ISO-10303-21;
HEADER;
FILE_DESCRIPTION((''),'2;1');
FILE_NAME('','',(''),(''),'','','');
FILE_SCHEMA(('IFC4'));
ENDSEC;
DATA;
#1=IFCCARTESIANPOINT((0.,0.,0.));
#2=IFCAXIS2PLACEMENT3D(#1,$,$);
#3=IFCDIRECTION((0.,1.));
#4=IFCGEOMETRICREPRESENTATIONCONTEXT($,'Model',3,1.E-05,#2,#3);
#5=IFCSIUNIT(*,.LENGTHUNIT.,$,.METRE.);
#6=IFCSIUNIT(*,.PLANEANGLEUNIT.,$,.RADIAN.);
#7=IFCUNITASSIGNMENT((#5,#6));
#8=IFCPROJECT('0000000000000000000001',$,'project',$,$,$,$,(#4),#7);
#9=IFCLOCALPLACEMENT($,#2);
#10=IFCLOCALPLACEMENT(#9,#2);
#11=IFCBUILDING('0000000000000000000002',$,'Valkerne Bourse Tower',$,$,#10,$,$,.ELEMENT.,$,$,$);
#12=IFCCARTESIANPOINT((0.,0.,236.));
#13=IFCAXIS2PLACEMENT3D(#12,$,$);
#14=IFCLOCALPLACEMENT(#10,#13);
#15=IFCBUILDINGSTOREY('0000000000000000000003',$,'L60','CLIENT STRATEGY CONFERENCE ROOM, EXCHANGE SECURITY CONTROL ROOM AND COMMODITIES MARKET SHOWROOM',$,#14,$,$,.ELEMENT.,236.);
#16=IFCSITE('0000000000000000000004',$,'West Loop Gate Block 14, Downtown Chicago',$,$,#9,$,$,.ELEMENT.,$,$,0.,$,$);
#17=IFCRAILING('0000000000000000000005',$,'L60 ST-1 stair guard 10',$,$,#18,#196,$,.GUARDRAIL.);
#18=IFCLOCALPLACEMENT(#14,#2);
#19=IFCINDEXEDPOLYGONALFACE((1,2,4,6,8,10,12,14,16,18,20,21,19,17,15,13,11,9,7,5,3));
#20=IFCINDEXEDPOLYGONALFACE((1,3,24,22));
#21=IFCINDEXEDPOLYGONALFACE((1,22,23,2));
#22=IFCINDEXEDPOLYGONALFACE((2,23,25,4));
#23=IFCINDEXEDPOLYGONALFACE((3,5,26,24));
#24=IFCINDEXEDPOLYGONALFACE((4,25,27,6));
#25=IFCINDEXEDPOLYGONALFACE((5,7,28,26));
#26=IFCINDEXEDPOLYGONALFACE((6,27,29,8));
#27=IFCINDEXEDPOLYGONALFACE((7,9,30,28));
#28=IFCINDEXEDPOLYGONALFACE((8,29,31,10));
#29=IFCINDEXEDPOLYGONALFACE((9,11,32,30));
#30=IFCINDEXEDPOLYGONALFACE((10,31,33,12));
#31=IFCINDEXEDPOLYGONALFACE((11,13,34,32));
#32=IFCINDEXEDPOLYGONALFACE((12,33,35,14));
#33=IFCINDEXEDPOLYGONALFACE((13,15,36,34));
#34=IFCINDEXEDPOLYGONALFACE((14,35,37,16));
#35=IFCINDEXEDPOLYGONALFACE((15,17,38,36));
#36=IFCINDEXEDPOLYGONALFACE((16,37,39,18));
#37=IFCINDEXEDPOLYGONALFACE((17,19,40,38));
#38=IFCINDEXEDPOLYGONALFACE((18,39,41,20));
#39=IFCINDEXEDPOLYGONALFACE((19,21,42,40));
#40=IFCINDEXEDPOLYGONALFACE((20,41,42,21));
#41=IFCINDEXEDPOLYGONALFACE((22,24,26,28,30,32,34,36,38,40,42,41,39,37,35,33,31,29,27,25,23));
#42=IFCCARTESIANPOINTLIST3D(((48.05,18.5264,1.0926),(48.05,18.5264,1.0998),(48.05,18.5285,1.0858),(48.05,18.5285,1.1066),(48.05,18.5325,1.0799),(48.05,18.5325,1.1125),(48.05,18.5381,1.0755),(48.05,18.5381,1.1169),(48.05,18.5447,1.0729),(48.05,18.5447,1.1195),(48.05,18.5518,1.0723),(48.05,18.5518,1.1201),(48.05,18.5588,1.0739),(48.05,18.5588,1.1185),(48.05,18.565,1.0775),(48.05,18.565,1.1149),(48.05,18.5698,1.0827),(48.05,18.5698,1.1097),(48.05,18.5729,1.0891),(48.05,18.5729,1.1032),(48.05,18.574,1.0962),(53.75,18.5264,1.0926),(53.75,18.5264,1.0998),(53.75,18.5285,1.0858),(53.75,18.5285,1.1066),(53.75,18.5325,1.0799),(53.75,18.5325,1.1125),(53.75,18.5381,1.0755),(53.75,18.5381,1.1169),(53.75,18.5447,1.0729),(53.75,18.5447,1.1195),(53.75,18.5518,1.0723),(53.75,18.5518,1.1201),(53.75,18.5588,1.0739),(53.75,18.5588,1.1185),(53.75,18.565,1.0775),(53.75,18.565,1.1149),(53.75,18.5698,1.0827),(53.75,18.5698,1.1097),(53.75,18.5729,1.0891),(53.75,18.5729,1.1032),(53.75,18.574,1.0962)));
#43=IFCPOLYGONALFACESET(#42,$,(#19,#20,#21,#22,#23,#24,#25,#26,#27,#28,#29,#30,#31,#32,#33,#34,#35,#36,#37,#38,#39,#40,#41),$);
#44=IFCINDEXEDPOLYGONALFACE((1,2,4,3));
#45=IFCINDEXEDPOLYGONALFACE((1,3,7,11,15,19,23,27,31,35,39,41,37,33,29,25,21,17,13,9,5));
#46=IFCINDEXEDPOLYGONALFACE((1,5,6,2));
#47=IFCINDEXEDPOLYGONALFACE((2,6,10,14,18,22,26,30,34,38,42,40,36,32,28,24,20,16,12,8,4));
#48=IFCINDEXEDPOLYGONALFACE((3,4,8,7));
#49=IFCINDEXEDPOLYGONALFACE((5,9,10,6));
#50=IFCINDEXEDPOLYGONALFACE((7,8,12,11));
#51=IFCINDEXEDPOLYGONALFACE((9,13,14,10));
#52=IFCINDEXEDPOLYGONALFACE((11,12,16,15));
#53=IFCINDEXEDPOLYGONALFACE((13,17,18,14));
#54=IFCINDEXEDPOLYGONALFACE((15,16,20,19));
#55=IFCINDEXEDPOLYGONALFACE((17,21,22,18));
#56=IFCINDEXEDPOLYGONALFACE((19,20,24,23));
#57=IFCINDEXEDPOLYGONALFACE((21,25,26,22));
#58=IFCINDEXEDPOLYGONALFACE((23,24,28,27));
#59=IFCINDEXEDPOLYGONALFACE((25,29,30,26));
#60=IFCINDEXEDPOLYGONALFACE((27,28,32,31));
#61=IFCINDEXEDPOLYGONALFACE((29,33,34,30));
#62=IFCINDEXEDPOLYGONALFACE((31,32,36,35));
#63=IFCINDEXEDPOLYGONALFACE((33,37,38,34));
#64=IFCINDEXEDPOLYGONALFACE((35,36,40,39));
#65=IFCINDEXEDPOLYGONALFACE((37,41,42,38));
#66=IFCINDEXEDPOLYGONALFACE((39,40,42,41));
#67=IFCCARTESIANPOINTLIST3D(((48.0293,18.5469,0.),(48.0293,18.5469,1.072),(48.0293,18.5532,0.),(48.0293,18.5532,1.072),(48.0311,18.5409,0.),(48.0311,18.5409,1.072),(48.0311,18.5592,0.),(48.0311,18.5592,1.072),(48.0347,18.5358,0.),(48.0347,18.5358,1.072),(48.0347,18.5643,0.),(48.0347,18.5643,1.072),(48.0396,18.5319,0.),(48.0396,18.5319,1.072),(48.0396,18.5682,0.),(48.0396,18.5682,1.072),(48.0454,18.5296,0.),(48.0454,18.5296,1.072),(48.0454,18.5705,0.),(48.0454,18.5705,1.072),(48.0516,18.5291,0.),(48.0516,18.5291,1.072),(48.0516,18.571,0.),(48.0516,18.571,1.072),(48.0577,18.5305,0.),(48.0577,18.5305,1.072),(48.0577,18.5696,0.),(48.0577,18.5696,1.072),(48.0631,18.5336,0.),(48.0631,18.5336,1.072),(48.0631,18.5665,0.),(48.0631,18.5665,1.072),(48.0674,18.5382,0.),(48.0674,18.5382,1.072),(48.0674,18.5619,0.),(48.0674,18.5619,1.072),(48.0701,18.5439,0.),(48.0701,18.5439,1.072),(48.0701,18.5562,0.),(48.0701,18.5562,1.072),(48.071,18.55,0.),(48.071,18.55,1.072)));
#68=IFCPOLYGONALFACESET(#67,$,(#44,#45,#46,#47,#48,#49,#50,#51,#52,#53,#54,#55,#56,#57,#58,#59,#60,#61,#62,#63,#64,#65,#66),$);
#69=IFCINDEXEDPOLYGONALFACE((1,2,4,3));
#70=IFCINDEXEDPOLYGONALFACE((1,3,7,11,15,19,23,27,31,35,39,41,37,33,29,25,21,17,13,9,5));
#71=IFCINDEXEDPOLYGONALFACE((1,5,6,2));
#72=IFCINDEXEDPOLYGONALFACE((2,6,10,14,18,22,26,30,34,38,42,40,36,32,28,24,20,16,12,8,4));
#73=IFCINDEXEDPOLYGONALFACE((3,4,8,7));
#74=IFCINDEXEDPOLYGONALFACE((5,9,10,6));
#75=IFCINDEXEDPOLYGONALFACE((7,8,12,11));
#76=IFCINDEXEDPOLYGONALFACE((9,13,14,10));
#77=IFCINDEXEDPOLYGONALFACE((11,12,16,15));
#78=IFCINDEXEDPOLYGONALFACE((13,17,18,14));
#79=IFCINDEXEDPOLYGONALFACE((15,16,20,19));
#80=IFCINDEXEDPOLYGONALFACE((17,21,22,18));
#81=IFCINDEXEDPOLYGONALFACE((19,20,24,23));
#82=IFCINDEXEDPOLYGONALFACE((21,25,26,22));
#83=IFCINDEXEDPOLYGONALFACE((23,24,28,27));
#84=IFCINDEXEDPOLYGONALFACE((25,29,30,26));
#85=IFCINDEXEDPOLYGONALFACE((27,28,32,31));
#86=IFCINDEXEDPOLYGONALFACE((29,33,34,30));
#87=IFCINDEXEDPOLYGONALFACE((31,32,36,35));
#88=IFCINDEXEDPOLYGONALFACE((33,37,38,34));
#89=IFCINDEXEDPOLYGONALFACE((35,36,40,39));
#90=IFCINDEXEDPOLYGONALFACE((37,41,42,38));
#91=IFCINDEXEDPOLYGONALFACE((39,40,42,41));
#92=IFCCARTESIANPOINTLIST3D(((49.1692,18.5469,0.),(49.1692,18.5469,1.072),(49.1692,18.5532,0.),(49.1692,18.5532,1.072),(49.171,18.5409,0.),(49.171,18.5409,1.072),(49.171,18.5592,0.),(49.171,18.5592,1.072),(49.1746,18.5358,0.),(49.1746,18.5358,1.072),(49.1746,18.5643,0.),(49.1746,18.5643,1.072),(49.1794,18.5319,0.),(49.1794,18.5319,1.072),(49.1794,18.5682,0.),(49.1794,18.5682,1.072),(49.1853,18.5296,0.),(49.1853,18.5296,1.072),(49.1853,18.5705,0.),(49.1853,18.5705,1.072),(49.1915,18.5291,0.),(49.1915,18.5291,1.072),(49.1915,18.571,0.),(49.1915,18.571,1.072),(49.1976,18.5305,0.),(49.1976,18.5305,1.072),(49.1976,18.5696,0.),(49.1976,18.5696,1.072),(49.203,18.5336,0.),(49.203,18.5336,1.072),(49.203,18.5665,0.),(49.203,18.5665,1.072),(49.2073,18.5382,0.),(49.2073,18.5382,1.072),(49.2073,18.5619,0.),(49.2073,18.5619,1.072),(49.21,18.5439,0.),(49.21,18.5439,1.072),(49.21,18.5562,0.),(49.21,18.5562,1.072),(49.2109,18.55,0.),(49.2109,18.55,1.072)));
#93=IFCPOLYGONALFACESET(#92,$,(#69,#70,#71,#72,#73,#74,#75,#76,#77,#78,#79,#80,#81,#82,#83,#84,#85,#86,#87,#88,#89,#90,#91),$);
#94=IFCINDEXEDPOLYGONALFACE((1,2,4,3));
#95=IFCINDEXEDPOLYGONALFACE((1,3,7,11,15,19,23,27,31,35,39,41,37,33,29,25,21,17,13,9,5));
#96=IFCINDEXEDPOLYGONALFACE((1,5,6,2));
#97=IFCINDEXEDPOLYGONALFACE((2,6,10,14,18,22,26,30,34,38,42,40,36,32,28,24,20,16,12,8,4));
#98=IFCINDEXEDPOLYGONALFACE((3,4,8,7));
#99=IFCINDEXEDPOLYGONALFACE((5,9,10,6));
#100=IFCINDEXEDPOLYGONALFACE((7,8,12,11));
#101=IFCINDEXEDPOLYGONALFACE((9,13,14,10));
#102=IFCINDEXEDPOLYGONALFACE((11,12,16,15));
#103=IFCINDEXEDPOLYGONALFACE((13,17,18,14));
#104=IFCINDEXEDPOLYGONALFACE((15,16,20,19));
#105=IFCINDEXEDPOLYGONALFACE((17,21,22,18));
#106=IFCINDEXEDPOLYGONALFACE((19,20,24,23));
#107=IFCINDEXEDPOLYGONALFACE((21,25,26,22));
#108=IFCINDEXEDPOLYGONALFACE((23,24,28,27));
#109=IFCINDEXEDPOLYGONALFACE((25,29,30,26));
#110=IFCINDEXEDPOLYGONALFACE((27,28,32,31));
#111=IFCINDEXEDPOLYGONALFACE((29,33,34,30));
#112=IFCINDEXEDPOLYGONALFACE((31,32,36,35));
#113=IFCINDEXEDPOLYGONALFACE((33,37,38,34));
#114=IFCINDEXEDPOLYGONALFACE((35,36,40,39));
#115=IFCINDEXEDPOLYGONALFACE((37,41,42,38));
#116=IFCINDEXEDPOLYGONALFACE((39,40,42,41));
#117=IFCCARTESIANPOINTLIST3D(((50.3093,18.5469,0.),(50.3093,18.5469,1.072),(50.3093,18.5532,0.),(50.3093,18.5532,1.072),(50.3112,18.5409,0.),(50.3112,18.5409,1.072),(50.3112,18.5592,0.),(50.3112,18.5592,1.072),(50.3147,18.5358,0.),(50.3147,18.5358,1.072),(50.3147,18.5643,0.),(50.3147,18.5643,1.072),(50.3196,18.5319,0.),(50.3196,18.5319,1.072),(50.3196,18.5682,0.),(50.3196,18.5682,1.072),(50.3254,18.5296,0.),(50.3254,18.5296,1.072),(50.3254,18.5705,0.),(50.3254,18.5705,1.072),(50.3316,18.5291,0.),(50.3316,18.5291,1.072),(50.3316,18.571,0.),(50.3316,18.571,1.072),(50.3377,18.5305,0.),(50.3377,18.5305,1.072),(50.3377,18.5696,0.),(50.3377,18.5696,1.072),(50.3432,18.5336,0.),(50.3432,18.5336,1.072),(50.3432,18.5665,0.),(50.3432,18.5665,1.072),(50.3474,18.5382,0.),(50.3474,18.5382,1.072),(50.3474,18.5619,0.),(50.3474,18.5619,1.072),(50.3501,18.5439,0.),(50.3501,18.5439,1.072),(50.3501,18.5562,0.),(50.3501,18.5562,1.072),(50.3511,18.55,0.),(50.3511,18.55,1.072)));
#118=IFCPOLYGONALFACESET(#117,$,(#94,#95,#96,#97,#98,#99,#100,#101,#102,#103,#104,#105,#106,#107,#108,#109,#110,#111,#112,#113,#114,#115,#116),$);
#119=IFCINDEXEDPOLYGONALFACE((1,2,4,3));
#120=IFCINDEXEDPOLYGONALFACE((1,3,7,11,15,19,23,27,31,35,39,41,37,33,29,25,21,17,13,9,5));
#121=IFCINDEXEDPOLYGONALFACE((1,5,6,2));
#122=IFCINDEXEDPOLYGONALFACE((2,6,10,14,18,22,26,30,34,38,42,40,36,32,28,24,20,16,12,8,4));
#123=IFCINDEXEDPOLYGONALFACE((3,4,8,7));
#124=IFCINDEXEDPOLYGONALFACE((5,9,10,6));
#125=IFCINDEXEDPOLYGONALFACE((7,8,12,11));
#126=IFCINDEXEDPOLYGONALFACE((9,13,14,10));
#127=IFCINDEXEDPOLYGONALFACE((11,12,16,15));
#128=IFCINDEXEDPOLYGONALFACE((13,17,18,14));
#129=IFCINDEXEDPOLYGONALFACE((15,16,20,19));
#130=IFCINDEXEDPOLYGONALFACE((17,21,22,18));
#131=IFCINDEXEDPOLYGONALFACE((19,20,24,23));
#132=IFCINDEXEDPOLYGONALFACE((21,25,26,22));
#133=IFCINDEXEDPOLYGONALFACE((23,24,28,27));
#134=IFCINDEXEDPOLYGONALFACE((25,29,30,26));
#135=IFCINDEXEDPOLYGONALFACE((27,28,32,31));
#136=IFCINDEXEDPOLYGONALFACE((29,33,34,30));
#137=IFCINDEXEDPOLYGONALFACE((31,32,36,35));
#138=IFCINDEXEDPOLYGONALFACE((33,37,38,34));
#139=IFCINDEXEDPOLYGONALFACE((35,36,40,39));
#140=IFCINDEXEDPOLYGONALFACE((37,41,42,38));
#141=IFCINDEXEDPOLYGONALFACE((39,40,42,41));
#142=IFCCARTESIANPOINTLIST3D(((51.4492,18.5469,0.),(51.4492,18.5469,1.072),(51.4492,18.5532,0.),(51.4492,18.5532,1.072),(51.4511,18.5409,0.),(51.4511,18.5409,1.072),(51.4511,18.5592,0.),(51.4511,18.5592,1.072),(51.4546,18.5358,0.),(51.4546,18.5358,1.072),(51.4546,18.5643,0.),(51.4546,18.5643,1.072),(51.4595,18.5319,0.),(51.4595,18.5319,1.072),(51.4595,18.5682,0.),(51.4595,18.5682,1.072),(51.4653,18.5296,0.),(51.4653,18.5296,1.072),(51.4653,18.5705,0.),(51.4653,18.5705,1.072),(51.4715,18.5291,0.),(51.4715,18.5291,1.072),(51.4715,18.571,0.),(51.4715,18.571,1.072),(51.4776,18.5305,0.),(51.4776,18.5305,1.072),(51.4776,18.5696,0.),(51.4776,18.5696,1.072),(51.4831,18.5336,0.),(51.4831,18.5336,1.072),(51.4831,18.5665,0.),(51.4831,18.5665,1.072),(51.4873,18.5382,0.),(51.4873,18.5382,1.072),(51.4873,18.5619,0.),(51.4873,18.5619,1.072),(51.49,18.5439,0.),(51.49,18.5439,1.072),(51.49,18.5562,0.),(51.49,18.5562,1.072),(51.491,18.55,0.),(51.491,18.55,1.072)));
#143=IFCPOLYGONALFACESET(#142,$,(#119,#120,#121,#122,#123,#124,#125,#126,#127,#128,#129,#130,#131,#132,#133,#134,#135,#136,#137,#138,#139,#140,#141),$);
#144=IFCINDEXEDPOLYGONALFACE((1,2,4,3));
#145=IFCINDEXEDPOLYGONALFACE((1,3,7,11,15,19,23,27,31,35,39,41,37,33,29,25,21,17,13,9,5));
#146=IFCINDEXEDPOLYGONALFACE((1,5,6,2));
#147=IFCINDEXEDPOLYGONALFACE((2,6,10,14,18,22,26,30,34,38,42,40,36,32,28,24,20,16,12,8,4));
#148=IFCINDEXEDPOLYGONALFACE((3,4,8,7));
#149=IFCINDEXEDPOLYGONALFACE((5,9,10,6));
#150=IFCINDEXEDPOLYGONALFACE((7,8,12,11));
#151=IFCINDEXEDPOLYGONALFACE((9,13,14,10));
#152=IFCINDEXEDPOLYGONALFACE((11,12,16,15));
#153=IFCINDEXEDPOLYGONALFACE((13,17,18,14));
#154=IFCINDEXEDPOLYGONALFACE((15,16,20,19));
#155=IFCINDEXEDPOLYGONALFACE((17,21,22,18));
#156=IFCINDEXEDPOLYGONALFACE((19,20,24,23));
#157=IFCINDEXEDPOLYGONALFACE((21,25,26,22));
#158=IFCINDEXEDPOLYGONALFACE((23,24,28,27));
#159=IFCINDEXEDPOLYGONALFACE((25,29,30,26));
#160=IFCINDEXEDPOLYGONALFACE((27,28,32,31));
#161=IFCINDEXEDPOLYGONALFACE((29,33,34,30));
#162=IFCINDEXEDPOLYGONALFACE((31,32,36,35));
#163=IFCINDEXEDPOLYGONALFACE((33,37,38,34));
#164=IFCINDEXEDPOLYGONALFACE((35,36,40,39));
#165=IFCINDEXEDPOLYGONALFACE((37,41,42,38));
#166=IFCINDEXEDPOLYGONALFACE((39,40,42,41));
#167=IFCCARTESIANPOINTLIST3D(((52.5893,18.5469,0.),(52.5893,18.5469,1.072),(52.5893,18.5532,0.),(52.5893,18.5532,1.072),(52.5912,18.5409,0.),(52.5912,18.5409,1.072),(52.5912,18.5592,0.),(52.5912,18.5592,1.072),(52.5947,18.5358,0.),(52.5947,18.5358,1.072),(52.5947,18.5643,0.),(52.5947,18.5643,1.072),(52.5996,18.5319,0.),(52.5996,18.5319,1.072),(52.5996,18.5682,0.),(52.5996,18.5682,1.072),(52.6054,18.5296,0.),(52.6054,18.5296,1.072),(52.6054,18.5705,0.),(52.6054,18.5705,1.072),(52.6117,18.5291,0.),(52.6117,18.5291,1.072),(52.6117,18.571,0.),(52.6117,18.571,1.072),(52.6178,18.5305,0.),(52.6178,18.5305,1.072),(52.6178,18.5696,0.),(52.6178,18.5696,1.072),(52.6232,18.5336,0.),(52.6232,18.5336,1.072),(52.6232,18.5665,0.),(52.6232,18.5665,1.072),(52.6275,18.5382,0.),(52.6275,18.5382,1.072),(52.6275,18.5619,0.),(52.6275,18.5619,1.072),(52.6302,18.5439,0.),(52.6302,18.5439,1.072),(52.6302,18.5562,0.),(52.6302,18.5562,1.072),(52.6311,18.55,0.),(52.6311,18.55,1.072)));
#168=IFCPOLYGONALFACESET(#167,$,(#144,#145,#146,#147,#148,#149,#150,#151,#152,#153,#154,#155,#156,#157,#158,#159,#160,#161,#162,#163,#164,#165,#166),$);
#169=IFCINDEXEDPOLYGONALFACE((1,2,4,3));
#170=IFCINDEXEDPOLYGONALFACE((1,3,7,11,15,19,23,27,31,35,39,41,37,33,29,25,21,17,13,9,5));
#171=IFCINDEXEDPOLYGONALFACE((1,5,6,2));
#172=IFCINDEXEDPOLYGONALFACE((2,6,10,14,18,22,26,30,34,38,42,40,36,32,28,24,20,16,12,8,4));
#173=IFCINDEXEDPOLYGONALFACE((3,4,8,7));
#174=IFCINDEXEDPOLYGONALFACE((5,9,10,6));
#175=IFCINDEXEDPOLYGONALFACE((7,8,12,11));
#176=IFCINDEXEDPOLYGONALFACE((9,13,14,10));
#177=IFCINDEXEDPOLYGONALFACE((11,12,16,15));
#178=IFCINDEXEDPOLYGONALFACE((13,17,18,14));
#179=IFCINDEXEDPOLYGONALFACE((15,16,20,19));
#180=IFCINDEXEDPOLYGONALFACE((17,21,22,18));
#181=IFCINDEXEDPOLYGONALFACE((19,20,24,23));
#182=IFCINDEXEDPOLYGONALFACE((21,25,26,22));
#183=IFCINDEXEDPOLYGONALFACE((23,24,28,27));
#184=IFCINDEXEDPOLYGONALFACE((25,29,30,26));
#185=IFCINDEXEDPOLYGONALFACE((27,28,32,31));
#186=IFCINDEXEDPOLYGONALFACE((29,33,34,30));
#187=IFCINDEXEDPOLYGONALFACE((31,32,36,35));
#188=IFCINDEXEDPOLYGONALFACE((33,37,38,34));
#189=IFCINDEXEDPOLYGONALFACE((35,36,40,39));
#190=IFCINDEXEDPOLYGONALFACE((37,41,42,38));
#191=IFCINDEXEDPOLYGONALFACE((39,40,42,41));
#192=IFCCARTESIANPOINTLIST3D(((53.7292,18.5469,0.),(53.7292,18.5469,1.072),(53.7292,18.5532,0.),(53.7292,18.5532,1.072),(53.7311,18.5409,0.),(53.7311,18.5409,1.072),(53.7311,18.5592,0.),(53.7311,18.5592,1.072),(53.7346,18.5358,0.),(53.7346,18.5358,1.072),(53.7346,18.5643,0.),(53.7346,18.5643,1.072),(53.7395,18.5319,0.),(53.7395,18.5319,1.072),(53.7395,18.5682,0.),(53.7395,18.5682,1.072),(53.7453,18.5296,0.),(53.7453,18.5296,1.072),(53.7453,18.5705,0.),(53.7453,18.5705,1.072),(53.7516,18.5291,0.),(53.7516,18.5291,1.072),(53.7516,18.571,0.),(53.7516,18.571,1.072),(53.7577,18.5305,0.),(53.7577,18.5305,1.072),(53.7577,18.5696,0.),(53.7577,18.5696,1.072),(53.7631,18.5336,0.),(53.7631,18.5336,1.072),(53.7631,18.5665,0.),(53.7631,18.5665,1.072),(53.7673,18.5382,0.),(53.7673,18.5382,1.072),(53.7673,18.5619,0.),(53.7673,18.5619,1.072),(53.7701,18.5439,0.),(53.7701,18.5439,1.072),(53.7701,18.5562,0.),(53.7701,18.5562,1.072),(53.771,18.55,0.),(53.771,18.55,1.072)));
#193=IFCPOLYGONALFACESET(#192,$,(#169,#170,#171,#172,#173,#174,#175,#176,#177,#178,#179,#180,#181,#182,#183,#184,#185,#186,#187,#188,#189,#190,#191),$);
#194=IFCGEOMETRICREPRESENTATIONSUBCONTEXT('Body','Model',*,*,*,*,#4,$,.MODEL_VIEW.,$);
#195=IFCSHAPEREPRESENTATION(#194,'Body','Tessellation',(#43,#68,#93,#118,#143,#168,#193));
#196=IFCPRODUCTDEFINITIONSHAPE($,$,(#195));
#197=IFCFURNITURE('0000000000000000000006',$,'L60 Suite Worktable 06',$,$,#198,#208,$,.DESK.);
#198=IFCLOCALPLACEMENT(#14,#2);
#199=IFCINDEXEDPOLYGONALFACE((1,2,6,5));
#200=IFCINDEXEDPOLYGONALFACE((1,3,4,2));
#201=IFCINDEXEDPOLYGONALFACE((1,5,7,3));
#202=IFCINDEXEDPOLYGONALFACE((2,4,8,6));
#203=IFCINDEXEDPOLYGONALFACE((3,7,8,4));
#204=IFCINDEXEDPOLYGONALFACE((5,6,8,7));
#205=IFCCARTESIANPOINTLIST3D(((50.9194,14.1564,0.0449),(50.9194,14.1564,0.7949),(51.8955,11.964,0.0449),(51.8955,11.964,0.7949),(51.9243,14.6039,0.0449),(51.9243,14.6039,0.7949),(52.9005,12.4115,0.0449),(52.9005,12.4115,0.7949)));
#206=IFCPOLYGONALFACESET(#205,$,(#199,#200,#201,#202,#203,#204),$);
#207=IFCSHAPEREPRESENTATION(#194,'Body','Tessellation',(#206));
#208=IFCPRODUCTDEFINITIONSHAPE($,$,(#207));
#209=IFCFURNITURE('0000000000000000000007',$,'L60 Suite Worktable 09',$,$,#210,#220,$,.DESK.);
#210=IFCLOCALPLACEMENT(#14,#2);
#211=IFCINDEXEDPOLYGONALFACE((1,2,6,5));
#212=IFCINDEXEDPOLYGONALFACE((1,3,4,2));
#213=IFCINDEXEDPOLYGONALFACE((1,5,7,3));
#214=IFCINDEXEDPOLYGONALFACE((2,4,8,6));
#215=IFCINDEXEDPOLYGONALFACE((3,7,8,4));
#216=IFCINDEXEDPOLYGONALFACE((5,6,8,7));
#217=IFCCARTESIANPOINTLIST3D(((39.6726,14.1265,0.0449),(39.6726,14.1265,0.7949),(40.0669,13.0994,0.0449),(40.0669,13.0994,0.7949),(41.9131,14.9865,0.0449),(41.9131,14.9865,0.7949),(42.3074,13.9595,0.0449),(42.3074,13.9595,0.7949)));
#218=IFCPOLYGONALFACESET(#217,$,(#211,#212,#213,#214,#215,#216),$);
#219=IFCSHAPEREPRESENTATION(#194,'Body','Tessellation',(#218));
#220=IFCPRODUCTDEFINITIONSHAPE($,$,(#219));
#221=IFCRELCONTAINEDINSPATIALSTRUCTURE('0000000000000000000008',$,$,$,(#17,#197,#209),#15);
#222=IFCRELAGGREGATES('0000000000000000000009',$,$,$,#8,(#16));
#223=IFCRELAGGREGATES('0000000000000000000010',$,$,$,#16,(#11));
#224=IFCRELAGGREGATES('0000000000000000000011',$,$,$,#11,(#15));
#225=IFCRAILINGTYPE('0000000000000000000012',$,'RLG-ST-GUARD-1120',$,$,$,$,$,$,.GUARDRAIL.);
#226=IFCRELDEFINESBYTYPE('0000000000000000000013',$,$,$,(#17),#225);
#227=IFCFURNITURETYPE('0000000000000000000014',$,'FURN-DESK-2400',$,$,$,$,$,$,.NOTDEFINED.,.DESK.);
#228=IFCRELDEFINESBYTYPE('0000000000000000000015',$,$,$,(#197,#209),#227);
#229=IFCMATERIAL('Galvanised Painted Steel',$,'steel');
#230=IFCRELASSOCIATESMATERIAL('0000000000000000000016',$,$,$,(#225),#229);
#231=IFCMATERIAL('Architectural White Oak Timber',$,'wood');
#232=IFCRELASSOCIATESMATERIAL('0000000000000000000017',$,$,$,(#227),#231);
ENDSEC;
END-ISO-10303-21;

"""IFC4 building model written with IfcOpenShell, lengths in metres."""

from ifc_helpers import new_model, si_unit, direction, frame, origin, origin_2d, place, context, subcontext, project, spatial, rectangle, circle, extrude, material, type_object, element, save


model = new_model("IFC4")

# Units and contexts
model_context = context("Model", 3, precision=1e-05, world=origin(), true_north=direction((0.0, 1.0)))
body_context = subcontext(model_context, "Body", "Model", "MODEL_VIEW")
ifc_project = project(units=[si_unit("LENGTHUNIT", "METRE"), si_unit("PLANEANGLEUNIT", "RADIAN")], contexts=[model_context])

# Site, building, storey
site_placement = place(None, origin())
site = spatial("IfcSite", under=ifc_project, at=site_placement, Name="West Loop Gate Block 14, Downtown Chicago", CompositionType="ELEMENT", RefElevation=0.0)
building_placement = place(site_placement, origin())
building = spatial("IfcBuilding", under=site, at=building_placement, Name="Valkerne Bourse Tower", CompositionType="ELEMENT")
storey_placement = place(building_placement, frame((0.0, 0.0, 236.0)))
storey = spatial("IfcBuildingStorey", under=building, at=storey_placement, Name="L60", Description="CLIENT STRATEGY CONFERENCE ROOM, EXCHANGE SECURITY CONTROL ROOM AND COMMODITIES MARKET SHOWROOM", CompositionType="ELEMENT", Elevation=236.0)

# Shared definitions
ifc_material_1 = material(Name="Architectural White Oak Timber", Category="wood")

# Railing
ifc_material_2 = material(Name="Galvanised Painted Steel", Category="steel")
railing_type = type_object("IfcRailingType", Name="RLG-ST-GUARD-1120", PredefinedType="GUARDRAIL", material=ifc_material_2)
railing_placement = place(storey_placement, frame((48.05, 18.55, 0.0)))
element("IfcRailing", 1, at=railing_placement, inside=storey, type_object=railing_type, Name="L60 ST-1 stair guard 10", PredefinedType="GUARDRAIL", context=body_context, shape_type="SweptSolid", body=[
    extrude(circle(Radius=0.0239, at=origin_2d()), frame((0.0, 0.0, 1.0962), z_axis=(1.0, 0.0, 0.0), x_axis=(0.0, 1.0, 0.0)), (0.0, 0.0, 1.0), 5.7),
    extrude(circle(Radius=0.021, at=origin_2d()), origin(), (0.0, 0.0, 1.0), 1.072),
    extrude(circle(Radius=0.021, at=origin_2d()), frame((1.1399, 0.0, 0.0)), (0.0, 0.0, 1.0), 1.072),
    extrude(circle(Radius=0.021, at=origin_2d()), frame((2.28, 0.0, 0.0)), (0.0, 0.0, 1.0), 1.072),
    extrude(circle(Radius=0.021, at=origin_2d()), frame((3.4199, 0.0, 0.0)), (0.0, 0.0, 1.0), 1.072),
    extrude(circle(Radius=0.021, at=origin_2d()), frame((4.5601, 0.0, 0.0)), (0.0, 0.0, 1.0), 1.072),
    extrude(circle(Radius=0.021, at=origin_2d()), frame((5.7, 0.0, 0.0)), (0.0, 0.0, 1.0), 1.072),
])

# Furniture
furniture_type = type_object("IfcFurnitureType", Name="FURN-DESK-2400", AssemblyPlace="NOTDEFINED", PredefinedType="DESK", material=ifc_material_1)
for number, where, z_axis, x_axis, name in (
    (2, (51.9099, 13.2839, 0.0449), (0.0, 0.0, 1.0), (-0.406737, 0.913545, 0.0), "L60 Suite Worktable 06"),
    (3, (40.99, 14.043, 0.0449), (0.0, 0.0, 1.0), (0.93358, 0.358368, 0.0), "L60 Suite Worktable 09"),
):
    element("IfcFurniture", number, at=place(storey_placement, frame(where, z_axis=z_axis, x_axis=x_axis)), inside=storey, type_object=furniture_type, Name=name, PredefinedType="DESK", context=body_context, shape_type="SweptSolid", body=[
        extrude(rectangle(XDim=2.3999, YDim=1.1001, at=origin_2d()), origin(), (0.0, 0.0, 1.0), 0.75),
    ])

save(model, "model.ifc")
